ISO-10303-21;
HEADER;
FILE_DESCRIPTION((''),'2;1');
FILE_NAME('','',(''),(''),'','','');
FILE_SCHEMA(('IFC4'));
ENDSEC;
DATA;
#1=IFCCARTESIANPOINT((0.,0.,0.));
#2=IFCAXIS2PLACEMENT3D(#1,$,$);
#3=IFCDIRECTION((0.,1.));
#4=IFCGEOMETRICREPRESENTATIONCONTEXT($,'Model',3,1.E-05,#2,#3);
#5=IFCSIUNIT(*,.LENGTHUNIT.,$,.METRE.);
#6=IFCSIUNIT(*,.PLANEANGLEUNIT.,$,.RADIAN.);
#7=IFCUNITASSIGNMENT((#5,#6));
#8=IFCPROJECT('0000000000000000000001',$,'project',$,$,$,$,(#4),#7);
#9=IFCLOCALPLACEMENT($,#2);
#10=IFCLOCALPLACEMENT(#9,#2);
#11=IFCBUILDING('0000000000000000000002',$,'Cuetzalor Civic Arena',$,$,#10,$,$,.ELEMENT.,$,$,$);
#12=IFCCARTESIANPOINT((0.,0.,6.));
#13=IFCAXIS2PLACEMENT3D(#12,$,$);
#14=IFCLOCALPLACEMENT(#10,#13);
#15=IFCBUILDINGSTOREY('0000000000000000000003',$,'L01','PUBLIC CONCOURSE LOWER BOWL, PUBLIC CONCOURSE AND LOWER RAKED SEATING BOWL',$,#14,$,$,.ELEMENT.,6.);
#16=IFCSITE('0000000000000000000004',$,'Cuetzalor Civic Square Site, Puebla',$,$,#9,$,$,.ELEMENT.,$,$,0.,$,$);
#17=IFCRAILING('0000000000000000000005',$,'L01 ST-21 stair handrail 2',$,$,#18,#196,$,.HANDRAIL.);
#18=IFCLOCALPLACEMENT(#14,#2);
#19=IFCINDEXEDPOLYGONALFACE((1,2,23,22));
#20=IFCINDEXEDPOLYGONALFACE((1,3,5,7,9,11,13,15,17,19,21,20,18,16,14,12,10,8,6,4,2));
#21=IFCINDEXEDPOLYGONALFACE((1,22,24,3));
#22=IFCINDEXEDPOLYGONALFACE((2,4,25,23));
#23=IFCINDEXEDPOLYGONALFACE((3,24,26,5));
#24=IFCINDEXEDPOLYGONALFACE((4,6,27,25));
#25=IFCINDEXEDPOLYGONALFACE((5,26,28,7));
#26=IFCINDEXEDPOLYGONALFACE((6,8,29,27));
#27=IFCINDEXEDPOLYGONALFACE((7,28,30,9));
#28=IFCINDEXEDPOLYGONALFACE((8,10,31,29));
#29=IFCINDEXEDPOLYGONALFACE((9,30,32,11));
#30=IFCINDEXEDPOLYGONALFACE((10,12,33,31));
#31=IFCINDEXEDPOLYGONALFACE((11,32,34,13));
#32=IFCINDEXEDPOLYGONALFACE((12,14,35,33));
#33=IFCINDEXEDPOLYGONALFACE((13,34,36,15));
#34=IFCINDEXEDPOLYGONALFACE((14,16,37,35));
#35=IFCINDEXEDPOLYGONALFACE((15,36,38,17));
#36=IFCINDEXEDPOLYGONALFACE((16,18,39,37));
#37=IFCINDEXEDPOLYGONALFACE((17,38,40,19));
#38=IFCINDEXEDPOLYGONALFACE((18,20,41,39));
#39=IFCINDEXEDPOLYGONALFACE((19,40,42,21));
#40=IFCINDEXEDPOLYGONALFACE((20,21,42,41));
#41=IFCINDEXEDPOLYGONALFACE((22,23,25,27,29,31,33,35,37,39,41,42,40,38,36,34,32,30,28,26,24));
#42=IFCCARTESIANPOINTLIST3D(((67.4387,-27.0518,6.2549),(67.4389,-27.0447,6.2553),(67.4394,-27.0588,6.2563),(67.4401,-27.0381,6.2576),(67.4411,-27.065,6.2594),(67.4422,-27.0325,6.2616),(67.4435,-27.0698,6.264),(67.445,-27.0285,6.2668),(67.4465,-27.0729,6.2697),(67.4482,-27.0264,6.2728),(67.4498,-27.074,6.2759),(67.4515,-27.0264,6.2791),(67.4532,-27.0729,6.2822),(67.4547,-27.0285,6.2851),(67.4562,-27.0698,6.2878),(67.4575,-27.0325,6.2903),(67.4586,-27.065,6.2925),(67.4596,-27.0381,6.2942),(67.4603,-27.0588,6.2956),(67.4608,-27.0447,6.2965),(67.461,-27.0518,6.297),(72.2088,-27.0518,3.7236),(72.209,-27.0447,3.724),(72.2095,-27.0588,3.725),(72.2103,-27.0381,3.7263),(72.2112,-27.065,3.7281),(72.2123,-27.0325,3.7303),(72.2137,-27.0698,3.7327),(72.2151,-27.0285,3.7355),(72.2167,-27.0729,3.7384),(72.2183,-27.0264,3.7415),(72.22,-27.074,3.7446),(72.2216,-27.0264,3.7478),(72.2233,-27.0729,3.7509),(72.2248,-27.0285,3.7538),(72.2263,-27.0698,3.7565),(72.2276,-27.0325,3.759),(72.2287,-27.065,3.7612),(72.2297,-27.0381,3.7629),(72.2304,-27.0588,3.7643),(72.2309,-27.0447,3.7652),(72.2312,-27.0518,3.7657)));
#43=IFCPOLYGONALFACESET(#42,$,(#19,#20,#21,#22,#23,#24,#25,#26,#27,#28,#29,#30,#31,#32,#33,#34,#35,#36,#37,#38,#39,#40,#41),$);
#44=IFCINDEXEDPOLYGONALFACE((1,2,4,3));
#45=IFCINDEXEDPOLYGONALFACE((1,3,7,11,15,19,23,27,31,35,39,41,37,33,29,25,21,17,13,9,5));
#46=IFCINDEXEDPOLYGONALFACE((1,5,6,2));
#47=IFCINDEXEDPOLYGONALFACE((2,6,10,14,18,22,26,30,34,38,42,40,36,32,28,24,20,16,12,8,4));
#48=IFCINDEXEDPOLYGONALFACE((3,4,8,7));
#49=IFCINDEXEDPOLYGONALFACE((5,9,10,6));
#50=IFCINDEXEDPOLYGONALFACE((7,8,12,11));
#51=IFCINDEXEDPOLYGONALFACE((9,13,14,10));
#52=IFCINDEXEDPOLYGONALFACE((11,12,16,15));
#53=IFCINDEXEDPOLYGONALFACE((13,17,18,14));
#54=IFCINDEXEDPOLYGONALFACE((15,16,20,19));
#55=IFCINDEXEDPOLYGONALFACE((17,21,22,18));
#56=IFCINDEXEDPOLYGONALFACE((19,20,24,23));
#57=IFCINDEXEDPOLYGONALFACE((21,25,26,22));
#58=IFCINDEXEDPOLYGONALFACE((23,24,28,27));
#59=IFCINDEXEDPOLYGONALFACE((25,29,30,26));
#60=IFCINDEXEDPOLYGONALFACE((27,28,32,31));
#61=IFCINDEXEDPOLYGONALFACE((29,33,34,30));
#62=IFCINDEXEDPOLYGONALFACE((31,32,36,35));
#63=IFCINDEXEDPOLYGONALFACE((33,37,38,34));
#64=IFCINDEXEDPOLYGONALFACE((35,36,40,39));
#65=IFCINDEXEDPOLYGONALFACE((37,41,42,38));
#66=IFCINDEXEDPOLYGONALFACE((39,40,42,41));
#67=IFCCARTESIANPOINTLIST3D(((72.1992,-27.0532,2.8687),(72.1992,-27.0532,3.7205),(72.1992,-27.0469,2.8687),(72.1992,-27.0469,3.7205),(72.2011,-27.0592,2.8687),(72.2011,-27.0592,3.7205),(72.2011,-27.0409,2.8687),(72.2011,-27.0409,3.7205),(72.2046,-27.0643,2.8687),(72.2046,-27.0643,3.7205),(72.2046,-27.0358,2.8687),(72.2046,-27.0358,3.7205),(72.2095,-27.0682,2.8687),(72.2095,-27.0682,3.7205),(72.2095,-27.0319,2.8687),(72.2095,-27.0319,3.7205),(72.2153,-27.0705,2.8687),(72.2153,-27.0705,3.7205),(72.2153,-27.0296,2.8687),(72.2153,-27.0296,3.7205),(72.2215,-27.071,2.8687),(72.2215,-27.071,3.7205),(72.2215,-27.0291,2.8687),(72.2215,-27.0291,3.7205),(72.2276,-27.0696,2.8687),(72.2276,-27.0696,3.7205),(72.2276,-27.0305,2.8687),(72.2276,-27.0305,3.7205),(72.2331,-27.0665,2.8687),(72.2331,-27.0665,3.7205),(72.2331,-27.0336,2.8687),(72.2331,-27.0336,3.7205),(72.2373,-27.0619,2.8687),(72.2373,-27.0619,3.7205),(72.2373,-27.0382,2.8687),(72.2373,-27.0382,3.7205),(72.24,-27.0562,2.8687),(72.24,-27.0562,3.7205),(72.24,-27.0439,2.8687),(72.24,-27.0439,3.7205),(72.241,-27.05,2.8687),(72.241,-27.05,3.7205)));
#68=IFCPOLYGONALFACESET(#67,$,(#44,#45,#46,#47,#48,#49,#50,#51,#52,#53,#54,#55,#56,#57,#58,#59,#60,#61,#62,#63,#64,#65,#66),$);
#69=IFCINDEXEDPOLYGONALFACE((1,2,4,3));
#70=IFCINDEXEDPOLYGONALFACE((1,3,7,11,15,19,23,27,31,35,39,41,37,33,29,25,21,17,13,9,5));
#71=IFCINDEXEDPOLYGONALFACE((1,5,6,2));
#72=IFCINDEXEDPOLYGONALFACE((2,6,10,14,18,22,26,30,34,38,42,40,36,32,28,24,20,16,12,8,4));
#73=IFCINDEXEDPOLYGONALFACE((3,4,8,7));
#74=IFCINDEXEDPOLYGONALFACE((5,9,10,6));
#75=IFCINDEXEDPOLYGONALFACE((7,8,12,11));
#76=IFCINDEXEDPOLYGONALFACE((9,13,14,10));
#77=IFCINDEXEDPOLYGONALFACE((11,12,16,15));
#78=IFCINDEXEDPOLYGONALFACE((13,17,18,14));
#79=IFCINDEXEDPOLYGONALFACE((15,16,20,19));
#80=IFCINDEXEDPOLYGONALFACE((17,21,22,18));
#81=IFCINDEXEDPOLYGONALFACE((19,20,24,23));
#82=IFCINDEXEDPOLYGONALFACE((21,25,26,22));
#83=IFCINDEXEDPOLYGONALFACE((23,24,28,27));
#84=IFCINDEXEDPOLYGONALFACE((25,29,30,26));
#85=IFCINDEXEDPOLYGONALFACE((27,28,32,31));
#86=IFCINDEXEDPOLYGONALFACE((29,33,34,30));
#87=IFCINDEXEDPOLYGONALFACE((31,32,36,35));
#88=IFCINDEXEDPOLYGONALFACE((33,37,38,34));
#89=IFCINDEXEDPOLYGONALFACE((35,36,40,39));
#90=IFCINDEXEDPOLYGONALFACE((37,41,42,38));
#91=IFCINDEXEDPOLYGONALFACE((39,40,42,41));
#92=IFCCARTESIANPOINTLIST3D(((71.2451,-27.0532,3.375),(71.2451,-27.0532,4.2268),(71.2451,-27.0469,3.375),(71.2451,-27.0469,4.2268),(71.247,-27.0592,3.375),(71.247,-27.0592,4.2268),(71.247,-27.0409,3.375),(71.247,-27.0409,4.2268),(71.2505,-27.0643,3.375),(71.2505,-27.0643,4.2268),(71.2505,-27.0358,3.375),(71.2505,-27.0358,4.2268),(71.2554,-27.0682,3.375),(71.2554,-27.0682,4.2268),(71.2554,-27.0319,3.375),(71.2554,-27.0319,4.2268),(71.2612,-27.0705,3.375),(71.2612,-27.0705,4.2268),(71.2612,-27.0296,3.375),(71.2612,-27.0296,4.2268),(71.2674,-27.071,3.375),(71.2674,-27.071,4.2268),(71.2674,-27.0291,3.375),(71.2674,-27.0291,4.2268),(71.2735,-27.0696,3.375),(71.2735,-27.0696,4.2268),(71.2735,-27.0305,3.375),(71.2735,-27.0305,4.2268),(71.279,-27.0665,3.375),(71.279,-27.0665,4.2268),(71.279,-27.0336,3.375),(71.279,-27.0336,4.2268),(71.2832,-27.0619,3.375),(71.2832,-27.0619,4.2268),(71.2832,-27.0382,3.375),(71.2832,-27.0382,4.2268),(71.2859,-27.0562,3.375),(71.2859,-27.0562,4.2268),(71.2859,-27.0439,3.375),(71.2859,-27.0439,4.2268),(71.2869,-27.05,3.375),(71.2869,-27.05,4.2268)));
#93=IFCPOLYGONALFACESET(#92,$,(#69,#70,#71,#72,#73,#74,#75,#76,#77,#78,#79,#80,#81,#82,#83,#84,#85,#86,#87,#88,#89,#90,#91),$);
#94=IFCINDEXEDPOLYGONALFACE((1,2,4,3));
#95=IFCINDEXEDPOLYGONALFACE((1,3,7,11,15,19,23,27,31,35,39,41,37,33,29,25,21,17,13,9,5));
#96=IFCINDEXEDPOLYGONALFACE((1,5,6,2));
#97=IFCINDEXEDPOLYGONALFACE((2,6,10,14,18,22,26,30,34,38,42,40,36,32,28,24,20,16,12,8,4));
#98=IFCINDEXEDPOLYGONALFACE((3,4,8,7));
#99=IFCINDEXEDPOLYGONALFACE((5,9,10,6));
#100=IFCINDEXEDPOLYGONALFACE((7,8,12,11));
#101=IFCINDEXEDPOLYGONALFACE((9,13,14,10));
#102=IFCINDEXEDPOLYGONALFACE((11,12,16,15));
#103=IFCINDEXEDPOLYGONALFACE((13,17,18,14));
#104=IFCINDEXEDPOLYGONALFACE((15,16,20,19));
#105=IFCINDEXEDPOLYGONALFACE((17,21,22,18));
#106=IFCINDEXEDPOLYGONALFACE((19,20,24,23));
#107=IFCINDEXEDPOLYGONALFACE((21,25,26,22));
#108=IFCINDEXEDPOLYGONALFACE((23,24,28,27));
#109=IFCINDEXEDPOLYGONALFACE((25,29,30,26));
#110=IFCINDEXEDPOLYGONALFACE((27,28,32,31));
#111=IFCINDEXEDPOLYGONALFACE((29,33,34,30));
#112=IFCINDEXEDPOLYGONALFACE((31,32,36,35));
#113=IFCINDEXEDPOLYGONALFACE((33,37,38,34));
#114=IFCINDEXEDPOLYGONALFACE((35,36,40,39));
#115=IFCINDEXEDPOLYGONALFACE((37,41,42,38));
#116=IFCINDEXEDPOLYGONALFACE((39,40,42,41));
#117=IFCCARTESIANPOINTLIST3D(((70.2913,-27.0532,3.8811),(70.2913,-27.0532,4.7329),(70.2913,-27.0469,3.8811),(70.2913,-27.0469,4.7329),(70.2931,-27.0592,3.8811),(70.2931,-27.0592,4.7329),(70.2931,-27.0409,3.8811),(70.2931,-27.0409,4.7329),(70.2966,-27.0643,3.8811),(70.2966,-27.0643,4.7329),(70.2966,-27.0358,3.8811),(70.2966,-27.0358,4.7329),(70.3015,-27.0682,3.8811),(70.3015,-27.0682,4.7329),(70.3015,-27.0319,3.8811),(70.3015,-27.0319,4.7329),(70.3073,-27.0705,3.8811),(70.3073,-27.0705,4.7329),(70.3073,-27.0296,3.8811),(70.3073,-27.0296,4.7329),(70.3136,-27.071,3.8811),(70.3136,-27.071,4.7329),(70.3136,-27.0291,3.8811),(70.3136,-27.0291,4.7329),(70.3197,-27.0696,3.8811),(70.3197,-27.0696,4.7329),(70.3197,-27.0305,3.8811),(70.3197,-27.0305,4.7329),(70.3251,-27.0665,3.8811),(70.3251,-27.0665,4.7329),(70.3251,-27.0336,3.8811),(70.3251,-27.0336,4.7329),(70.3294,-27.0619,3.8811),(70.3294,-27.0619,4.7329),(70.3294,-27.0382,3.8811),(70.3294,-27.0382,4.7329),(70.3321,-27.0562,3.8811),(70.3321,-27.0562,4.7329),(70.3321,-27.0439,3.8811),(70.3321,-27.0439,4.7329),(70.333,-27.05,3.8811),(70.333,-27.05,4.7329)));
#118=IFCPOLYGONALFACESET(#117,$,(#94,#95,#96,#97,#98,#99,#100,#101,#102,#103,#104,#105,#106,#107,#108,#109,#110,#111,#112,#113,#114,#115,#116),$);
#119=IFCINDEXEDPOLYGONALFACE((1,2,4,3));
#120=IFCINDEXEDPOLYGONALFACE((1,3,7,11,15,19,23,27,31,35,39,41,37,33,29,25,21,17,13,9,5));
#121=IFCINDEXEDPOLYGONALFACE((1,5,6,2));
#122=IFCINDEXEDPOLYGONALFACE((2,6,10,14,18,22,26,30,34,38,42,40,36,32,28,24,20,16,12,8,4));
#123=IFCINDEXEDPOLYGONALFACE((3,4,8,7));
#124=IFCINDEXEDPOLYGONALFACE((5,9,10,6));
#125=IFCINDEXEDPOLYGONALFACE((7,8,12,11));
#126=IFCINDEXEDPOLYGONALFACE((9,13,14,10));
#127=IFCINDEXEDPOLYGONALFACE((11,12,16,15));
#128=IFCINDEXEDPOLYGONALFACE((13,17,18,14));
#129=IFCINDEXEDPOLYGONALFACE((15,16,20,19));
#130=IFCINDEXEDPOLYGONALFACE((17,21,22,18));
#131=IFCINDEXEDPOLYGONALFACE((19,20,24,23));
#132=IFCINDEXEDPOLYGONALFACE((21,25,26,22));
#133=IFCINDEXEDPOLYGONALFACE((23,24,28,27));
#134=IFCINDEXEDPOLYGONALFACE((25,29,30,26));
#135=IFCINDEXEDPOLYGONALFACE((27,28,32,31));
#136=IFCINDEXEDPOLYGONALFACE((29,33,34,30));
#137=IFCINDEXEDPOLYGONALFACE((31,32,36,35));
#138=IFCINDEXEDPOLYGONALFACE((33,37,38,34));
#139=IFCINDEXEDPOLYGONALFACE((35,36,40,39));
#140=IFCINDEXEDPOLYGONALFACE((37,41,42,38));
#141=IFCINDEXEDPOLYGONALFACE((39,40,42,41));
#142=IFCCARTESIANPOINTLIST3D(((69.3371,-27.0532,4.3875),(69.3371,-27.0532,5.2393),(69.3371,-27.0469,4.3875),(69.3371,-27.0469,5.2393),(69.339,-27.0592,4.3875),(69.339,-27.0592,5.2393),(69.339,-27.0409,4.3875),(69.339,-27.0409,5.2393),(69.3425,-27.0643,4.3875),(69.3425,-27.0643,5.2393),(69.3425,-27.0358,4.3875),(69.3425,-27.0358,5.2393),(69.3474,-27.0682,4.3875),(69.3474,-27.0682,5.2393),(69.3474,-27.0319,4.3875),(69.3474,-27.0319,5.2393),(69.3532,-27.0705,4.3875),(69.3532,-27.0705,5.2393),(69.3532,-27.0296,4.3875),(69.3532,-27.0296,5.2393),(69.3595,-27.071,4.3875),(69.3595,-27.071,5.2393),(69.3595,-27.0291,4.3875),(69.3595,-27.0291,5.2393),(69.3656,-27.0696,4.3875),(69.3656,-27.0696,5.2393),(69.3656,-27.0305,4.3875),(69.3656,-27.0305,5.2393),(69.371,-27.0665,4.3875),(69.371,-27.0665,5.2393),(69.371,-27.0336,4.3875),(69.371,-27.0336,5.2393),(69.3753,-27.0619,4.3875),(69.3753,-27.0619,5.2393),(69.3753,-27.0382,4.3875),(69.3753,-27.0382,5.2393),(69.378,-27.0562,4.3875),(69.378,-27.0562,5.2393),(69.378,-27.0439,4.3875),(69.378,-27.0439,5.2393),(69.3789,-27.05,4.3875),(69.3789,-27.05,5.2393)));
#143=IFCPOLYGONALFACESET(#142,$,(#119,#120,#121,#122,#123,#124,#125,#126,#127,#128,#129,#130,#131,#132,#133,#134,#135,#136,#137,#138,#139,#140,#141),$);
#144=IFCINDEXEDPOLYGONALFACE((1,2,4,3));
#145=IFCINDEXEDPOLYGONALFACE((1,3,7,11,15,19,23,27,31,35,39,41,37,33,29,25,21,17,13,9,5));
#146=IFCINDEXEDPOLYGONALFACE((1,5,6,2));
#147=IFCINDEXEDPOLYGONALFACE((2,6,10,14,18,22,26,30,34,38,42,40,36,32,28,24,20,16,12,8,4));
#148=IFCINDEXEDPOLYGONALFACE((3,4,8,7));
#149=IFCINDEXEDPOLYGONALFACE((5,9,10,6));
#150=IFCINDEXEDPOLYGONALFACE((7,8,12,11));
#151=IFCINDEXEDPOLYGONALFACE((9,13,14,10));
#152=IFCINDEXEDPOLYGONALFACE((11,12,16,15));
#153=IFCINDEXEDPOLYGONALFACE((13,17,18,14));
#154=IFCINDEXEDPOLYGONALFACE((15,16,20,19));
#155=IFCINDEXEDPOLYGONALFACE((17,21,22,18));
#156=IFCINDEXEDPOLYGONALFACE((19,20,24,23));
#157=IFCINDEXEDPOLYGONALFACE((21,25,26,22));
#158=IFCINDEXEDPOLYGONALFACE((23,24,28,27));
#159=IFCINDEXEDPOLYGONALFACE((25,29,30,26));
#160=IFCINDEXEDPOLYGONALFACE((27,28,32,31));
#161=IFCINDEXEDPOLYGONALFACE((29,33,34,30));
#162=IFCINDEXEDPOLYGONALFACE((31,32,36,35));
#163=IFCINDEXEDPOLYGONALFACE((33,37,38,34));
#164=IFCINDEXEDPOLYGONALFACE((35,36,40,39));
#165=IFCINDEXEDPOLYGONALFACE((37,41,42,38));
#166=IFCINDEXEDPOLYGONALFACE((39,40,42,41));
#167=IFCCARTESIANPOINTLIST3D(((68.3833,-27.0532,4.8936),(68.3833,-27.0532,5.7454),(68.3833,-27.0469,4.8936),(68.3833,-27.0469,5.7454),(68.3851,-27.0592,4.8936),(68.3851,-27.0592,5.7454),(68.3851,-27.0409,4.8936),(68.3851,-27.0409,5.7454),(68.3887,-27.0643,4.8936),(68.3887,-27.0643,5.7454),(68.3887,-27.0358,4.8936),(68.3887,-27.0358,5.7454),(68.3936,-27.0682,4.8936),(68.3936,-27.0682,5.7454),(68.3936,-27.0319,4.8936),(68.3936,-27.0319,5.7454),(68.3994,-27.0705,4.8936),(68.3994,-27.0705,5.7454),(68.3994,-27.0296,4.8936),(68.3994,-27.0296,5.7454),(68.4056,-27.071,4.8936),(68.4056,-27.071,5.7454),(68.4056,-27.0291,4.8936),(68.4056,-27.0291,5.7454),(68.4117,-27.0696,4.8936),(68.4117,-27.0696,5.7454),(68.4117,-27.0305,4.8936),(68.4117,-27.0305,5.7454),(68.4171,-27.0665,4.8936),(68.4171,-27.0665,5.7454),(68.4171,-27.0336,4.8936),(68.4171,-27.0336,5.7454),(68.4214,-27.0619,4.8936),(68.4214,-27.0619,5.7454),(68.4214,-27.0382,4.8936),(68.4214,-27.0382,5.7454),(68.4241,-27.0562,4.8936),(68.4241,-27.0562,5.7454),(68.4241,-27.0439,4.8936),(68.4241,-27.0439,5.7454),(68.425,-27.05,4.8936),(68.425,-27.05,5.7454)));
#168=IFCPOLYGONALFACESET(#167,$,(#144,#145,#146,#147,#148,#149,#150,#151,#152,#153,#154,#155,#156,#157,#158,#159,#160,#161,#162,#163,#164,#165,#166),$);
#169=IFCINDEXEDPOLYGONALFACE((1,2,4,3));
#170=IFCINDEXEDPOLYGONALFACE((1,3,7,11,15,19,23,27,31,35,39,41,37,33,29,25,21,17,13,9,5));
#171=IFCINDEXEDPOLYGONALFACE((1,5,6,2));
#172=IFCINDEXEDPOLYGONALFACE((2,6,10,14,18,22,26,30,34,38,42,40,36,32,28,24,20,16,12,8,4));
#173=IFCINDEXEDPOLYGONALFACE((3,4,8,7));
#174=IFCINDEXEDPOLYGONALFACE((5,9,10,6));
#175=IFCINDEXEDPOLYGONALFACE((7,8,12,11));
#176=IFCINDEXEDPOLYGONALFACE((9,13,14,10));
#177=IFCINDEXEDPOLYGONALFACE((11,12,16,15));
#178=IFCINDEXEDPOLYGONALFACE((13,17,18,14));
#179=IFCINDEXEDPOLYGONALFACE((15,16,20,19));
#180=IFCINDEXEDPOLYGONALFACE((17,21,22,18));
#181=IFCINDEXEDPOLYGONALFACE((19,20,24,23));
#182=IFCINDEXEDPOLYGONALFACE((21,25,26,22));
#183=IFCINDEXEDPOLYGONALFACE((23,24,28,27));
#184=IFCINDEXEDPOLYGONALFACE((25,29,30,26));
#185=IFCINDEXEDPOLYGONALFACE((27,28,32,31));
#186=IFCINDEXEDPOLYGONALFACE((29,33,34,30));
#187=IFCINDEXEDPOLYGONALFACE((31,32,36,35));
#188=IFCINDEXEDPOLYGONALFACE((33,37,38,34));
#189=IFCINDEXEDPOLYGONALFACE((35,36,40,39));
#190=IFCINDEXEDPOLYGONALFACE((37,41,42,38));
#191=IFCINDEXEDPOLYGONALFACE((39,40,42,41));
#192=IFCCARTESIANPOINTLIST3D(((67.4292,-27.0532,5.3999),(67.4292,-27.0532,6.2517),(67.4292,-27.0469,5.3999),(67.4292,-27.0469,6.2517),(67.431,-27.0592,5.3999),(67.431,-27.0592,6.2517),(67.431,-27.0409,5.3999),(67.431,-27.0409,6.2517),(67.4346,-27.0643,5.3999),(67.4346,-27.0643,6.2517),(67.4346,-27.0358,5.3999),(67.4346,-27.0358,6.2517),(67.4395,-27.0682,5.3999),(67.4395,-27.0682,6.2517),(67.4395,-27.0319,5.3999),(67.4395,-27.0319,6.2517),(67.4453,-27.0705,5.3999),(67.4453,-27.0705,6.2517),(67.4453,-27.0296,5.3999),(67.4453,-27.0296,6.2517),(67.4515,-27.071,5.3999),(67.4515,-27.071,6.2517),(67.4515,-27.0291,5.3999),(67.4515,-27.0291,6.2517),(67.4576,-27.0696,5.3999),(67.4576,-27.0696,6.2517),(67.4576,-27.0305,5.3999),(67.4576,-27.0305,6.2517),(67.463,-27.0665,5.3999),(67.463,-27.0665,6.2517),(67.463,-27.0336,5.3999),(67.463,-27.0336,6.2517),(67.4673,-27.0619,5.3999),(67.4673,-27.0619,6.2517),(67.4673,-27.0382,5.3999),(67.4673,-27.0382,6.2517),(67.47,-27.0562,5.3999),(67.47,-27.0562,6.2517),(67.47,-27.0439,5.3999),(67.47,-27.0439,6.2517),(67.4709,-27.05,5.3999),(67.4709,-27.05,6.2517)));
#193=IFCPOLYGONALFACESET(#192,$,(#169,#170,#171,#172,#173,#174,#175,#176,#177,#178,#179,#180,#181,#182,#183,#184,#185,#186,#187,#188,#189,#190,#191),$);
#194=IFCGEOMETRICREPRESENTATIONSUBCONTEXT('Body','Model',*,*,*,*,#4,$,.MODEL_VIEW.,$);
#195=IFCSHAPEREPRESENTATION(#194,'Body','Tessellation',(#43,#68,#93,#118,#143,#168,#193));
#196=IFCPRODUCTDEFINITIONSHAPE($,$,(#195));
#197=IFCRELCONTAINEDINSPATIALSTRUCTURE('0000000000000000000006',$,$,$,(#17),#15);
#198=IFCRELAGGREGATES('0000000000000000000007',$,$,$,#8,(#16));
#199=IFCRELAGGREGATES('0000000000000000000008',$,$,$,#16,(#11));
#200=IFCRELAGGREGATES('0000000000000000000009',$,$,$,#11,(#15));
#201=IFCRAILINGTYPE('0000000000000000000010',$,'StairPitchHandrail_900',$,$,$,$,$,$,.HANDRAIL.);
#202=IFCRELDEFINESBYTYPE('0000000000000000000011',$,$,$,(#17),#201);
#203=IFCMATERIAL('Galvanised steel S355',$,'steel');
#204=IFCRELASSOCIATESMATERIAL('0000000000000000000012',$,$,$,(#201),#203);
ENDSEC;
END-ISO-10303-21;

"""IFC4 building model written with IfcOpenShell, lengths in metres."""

from ifc_helpers import new_model, si_unit, direction, frame, origin, origin_2d, place, context, subcontext, project, spatial, circle, extrude, material, type_object, element, save


model = new_model("IFC4")

# Units and contexts
model_context = context("Model", 3, precision=1e-05, world=origin(), true_north=direction((0.0, 1.0)))
body_context = subcontext(model_context, "Body", "Model", "MODEL_VIEW")
ifc_project = project(units=[si_unit("LENGTHUNIT", "METRE"), si_unit("PLANEANGLEUNIT", "RADIAN")], contexts=[model_context])

# Site, building, storey
site_placement = place(None, origin())
site = spatial("IfcSite", under=ifc_project, at=site_placement, Name="Cuetzalor Civic Square Site, Puebla", CompositionType="ELEMENT", RefElevation=0.0)
building_placement = place(site_placement, origin())
building = spatial("IfcBuilding", under=site, at=building_placement, Name="Cuetzalor Civic Arena", CompositionType="ELEMENT")
storey_placement = place(building_placement, frame((0.0, 0.0, 6.0)))
storey = spatial("IfcBuildingStorey", under=building, at=storey_placement, Name="L01", Description="PUBLIC CONCOURSE LOWER BOWL, PUBLIC CONCOURSE AND LOWER RAKED SEATING BOWL", CompositionType="ELEMENT", Elevation=6.0)

# Railing
ifc_material_1 = material(Name="Galvanised steel S355", Category="steel")
railing_type = type_object("IfcRailingType", Name="StairPitchHandrail_900", PredefinedType="HANDRAIL", material=ifc_material_1)
railing_placement = place(storey_placement, frame((72.22, -27.05, 2.8687)))
element("IfcRailing", 1, at=railing_placement, inside=storey, type_object=railing_type, Name="L01 ST-21 stair handrail 2", PredefinedType="HANDRAIL", context=body_context, shape_type="SweptSolid", body=[
    extrude(circle(Radius=0.0239, at=origin_2d()), frame((0.0, 0.0, 0.876), z_axis=(-0.883332, 0.0, 0.468747), x_axis=(0.0, -1.0, 0.0)), (0.0, 0.0, 1.0), 5.4001),
    extrude(circle(Radius=0.021, at=origin_2d()), origin(), (0.0, 0.0, 1.0), 0.8518),
    extrude(circle(Radius=0.021, at=origin_2d()), frame((-0.9541, 0.0, 0.5063)), (0.0, 0.0, 1.0), 0.8518),
    extrude(circle(Radius=0.021, at=origin_2d()), frame((-1.908, 0.0, 1.0125)), (0.0, 0.0, 1.0), 0.8518),
    extrude(circle(Radius=0.021, at=origin_2d()), frame((-2.8621, 0.0, 1.5188)), (0.0, 0.0, 1.0), 0.8518),
    extrude(circle(Radius=0.021, at=origin_2d()), frame((-3.8159, 0.0, 2.0249)), (0.0, 0.0, 1.0), 0.8518),
    extrude(circle(Radius=0.021, at=origin_2d()), frame((-4.77, 0.0, 2.5312)), (0.0, 0.0, 1.0), 0.8518),
])

save(model, "model.ifc")
